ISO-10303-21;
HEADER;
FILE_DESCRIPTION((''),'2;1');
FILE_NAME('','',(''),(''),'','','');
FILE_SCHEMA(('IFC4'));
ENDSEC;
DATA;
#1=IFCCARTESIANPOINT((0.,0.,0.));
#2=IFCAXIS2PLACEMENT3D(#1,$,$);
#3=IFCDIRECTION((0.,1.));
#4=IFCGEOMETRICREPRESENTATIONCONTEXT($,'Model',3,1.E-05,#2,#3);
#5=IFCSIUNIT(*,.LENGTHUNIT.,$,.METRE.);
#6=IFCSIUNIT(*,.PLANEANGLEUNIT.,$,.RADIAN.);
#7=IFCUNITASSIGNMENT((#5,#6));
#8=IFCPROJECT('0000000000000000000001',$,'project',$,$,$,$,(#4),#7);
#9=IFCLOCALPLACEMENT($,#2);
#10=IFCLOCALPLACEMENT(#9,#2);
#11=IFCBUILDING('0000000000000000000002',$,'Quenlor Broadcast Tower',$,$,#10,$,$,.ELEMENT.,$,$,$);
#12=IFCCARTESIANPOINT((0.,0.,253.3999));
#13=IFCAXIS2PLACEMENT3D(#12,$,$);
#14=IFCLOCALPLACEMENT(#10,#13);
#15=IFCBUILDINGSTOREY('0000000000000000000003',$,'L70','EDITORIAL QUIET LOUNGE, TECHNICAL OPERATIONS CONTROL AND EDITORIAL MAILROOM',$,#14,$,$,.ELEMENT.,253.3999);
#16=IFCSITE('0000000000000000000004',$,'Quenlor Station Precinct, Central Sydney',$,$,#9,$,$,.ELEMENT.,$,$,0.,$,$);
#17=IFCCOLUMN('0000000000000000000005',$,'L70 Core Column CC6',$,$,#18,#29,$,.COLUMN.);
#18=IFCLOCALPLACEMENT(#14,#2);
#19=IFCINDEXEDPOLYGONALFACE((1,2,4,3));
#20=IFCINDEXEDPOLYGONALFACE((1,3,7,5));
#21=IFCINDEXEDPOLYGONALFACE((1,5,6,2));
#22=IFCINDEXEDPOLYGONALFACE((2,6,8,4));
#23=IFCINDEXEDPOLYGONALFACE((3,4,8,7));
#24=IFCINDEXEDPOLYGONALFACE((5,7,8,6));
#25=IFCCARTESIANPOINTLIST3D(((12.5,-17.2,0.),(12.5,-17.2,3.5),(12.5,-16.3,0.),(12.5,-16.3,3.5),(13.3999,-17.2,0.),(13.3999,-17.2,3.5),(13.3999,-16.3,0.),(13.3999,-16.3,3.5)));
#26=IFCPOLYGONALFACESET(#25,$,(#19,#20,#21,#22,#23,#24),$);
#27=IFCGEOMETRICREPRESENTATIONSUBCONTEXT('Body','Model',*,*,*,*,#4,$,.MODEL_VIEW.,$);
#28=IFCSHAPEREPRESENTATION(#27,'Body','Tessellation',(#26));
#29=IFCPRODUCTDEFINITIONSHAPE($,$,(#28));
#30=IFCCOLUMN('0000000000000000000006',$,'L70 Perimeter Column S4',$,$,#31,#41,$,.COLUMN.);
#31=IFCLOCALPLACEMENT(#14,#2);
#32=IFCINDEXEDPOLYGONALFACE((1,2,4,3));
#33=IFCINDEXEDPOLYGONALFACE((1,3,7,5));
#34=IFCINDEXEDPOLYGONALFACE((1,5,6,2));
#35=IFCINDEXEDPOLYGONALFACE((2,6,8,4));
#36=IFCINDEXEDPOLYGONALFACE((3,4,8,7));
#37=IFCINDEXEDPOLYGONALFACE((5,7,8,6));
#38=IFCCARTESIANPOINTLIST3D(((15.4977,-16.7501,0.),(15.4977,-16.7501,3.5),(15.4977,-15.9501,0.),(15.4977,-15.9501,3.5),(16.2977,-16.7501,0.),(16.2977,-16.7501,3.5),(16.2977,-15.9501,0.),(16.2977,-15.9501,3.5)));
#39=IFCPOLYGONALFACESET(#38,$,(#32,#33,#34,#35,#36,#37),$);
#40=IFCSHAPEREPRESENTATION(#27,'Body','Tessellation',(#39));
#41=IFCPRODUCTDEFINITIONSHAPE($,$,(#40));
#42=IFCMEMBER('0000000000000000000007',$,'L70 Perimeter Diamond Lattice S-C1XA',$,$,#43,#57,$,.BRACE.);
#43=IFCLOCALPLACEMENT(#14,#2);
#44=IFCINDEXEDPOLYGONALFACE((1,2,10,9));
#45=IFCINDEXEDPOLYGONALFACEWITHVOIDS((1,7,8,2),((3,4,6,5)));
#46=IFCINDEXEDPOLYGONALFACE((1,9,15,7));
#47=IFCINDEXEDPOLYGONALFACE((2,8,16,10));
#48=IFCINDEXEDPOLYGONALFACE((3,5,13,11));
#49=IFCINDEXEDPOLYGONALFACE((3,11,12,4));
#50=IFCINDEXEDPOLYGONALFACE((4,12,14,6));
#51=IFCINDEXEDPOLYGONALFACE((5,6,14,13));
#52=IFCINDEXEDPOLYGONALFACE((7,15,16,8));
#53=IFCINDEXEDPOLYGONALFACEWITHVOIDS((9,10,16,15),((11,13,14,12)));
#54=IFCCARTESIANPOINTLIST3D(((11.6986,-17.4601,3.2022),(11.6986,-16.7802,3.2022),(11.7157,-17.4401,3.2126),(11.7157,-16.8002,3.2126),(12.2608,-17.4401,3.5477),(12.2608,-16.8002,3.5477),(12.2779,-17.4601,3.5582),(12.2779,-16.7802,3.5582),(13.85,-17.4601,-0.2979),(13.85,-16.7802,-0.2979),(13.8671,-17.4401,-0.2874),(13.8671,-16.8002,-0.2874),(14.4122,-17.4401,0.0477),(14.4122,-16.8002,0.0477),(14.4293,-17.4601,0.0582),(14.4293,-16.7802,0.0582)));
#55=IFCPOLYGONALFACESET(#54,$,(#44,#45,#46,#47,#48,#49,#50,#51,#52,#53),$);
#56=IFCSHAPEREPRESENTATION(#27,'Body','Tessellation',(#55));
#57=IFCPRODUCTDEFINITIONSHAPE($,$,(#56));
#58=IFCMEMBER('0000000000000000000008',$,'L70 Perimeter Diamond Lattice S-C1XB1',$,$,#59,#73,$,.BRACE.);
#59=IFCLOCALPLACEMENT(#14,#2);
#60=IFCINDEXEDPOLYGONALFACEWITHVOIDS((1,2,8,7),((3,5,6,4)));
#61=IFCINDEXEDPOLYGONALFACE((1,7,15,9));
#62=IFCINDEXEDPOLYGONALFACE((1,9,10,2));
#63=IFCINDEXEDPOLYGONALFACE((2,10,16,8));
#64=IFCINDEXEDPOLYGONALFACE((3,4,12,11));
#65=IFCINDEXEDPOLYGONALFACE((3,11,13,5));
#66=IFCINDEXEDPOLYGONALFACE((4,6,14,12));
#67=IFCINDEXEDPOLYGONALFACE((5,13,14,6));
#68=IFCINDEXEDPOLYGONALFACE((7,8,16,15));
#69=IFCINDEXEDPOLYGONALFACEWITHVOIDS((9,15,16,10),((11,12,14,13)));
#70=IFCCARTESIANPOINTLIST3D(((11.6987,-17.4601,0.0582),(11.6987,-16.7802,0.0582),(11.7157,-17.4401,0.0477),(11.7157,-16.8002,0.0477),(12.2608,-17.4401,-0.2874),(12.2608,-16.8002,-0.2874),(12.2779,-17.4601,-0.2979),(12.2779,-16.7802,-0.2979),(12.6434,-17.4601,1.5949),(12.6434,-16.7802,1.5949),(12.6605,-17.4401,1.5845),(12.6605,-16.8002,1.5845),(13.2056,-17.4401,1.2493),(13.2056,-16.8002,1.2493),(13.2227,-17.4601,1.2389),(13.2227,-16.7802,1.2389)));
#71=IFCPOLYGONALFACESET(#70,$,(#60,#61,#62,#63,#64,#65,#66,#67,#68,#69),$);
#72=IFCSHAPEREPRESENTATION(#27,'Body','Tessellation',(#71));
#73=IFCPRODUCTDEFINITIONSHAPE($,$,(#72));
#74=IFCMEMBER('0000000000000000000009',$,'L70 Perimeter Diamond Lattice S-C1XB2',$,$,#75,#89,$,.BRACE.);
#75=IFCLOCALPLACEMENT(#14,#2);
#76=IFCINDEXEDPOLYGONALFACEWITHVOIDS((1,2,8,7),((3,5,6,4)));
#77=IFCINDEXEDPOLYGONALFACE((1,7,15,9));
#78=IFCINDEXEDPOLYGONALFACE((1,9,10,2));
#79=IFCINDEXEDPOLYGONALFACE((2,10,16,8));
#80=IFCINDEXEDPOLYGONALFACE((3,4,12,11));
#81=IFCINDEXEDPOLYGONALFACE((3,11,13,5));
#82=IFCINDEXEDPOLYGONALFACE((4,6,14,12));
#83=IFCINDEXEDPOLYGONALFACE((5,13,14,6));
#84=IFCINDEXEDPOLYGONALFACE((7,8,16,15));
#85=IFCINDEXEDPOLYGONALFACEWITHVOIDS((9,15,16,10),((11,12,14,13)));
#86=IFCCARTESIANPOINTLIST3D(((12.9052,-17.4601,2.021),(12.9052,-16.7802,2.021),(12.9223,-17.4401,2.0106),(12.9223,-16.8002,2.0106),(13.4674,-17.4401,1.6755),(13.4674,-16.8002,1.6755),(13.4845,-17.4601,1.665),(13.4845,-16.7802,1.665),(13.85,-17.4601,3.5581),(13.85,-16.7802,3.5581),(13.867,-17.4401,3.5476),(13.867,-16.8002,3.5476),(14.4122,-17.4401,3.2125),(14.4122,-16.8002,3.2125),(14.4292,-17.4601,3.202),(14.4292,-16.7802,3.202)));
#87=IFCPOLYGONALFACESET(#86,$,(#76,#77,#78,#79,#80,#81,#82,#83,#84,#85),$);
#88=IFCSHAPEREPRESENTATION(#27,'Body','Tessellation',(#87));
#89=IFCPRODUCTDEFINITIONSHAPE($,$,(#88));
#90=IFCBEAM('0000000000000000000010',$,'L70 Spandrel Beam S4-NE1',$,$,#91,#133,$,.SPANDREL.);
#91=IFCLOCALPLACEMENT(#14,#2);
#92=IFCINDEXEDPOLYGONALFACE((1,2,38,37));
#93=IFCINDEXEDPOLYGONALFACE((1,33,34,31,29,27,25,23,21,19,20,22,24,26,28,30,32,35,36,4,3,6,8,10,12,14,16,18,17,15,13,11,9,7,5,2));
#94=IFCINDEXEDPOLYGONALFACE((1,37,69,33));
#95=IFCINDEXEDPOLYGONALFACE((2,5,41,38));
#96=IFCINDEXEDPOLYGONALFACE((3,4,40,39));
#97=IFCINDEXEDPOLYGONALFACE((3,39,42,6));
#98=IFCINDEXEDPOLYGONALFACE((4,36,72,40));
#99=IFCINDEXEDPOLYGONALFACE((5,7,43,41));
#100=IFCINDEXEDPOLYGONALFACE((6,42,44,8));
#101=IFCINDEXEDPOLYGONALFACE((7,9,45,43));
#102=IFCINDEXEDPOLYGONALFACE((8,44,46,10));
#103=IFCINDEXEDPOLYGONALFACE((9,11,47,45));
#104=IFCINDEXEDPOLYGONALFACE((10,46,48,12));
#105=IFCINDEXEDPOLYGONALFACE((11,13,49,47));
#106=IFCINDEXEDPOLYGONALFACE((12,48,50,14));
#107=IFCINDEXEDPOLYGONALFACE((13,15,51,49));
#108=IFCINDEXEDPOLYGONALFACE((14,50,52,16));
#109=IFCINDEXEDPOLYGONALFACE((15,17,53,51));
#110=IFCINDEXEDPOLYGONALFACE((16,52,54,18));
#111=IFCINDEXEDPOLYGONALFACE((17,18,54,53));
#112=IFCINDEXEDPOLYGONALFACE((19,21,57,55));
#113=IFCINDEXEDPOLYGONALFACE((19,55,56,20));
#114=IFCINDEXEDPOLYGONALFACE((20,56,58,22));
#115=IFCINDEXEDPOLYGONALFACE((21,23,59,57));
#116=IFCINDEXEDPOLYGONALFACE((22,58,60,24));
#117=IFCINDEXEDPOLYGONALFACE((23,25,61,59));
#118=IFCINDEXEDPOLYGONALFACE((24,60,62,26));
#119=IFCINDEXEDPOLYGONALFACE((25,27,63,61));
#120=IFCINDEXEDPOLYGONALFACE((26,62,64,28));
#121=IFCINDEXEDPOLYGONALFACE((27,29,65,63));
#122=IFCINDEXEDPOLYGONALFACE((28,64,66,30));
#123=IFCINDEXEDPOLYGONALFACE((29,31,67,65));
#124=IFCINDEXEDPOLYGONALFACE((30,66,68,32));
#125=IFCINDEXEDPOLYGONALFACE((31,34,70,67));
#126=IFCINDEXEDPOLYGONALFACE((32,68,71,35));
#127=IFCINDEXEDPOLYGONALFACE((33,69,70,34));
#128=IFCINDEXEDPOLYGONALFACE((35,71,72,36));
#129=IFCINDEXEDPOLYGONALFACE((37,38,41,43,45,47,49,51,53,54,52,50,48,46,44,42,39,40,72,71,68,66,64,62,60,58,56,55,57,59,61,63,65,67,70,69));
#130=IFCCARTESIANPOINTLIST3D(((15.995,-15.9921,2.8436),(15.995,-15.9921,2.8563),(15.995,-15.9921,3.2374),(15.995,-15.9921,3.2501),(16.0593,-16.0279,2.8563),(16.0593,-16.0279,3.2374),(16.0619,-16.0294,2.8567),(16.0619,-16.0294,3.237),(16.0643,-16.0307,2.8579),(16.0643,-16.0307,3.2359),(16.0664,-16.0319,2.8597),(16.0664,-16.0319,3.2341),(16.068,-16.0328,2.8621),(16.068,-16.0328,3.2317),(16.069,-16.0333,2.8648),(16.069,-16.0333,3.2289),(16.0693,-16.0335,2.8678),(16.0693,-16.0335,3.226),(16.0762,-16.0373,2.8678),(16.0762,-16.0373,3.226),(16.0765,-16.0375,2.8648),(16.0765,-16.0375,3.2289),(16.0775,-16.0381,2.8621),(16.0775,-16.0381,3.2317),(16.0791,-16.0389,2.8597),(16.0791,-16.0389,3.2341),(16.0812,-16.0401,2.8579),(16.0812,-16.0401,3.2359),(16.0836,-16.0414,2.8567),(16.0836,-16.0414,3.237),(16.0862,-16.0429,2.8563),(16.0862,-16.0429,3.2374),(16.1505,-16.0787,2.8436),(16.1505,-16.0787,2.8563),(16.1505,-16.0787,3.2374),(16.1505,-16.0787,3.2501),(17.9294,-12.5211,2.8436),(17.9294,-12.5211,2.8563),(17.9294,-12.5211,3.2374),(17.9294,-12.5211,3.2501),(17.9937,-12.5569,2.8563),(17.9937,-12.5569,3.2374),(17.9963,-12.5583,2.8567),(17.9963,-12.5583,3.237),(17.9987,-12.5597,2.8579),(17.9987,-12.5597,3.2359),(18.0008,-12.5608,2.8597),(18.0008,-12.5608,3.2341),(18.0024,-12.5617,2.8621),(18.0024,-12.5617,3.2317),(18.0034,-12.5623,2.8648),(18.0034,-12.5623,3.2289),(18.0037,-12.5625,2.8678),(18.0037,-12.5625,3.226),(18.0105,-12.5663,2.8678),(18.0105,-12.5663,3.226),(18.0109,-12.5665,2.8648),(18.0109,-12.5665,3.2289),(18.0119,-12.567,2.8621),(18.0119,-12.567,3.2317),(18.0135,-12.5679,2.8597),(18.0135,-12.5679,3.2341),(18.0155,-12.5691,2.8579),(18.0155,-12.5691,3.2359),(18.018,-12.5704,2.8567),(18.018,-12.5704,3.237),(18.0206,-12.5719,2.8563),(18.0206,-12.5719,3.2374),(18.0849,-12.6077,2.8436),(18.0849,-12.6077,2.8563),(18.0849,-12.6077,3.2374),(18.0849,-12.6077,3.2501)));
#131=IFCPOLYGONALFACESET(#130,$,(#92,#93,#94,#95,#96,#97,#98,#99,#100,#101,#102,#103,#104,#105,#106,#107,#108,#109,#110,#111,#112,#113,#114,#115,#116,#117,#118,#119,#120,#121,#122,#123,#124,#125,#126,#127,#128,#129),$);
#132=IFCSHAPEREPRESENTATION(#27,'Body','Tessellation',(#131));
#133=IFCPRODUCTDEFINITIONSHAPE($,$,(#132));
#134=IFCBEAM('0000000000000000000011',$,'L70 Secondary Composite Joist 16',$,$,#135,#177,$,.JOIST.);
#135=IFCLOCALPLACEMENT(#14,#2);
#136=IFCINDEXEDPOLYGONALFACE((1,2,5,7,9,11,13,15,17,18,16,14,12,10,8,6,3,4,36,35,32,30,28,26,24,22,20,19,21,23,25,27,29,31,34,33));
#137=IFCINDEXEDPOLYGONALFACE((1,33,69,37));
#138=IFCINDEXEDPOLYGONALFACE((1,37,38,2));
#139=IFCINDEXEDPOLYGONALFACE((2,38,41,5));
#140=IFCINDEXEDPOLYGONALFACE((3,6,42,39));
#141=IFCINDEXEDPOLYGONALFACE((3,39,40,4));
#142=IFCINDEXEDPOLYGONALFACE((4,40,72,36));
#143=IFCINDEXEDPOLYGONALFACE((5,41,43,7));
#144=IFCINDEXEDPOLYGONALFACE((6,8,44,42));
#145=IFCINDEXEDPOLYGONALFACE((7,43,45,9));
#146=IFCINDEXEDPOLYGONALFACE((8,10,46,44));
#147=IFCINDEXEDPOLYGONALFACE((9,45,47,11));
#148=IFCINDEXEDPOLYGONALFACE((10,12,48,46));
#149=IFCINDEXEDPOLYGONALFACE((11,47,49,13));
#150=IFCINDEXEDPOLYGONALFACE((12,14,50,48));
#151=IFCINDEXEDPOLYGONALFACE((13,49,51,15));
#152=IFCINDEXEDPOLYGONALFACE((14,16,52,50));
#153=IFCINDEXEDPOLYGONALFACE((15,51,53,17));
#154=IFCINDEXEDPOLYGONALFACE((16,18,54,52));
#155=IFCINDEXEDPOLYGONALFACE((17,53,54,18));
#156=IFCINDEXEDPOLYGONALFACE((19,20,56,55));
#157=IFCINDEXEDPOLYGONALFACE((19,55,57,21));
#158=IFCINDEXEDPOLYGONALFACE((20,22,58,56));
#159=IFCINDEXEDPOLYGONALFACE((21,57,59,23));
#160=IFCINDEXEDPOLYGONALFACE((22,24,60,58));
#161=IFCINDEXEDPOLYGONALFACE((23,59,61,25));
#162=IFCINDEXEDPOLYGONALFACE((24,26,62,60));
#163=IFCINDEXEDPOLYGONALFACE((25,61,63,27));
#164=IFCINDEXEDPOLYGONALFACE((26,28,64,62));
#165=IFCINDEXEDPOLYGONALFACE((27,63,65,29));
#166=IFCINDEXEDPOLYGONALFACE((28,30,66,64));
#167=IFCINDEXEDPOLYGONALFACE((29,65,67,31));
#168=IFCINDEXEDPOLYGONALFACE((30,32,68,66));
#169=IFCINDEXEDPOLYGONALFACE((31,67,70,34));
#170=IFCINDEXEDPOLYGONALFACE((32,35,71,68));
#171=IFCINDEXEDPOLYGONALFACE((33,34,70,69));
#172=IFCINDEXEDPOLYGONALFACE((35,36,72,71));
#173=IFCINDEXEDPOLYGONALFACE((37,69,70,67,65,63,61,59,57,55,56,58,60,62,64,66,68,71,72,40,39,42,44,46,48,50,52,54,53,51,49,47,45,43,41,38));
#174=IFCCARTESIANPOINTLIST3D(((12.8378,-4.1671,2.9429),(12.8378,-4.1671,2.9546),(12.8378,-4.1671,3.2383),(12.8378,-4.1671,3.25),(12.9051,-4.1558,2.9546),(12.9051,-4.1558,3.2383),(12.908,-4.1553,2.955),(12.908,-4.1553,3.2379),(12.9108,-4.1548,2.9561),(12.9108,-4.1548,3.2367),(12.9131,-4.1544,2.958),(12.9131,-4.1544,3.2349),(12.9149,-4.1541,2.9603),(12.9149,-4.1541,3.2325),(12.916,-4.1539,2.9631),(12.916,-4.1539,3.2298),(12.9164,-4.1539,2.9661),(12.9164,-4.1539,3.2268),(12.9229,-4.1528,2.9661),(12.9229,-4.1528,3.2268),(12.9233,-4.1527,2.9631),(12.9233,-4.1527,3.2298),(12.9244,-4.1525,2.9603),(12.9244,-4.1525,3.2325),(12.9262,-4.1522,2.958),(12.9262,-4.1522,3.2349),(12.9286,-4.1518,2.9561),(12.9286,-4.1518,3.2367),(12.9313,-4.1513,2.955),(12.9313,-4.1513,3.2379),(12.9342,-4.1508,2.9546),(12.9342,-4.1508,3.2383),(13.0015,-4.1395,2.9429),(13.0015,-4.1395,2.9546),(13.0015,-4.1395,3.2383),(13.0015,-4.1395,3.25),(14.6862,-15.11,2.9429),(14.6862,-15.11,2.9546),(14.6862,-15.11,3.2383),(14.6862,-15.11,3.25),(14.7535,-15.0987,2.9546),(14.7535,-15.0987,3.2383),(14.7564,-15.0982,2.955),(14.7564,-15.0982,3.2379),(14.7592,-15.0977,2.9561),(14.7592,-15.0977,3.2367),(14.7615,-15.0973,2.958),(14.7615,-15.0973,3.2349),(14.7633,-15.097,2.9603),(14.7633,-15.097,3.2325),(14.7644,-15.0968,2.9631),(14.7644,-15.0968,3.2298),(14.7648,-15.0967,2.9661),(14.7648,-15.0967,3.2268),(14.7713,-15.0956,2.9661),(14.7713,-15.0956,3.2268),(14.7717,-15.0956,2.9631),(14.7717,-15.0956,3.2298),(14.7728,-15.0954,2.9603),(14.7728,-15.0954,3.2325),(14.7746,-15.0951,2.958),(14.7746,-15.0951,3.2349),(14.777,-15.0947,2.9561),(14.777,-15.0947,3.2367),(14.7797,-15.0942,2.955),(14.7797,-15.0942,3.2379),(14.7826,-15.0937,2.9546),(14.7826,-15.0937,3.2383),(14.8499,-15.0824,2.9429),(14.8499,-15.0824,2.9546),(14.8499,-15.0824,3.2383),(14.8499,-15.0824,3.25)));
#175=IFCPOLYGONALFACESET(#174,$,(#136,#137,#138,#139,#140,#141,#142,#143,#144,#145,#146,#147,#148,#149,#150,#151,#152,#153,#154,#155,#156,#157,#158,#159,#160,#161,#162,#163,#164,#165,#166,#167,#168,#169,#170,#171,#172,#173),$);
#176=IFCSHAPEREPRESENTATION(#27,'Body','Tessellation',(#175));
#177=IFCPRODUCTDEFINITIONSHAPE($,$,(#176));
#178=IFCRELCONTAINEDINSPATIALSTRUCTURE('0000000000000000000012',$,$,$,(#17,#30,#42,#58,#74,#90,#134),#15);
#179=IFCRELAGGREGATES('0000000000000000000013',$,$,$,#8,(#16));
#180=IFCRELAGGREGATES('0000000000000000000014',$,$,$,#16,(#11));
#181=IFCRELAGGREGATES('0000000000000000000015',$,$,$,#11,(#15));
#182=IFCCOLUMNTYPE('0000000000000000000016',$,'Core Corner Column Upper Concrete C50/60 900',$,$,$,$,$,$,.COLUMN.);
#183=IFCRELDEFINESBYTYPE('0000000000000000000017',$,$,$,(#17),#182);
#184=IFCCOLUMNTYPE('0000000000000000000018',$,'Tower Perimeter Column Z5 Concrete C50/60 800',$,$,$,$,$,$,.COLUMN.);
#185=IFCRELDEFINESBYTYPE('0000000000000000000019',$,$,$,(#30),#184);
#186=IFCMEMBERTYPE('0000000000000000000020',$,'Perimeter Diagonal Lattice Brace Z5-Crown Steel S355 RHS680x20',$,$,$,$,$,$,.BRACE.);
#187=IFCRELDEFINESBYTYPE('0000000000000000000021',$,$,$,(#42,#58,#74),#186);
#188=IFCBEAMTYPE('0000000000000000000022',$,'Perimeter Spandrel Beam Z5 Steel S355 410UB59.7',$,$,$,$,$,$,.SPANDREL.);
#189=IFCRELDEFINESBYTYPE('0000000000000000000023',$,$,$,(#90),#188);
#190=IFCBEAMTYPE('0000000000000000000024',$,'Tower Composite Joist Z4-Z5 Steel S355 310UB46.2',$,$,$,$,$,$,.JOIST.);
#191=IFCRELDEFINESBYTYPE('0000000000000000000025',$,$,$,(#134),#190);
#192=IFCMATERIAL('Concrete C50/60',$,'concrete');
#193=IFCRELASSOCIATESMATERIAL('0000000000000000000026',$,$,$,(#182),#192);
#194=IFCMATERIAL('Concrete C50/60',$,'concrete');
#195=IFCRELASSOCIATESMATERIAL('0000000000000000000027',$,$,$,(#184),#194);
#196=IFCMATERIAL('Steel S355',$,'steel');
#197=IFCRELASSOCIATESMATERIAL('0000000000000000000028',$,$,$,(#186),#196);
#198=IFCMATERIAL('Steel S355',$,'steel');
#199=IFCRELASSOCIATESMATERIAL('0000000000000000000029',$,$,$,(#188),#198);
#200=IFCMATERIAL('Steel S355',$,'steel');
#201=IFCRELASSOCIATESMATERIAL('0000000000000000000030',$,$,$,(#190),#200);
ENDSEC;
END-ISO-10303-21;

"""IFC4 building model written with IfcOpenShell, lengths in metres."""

from ifc_helpers import new_model, si_unit, direction, frame, origin, origin_2d, place, context, subcontext, project, spatial, rectangle, hollow_rectangle, i_section, extrude, material, material_profile, profile_set, type_object, element, save


model = new_model("IFC4")

# Units and contexts
model_context = context("Model", 3, precision=1e-05, world=origin(), true_north=direction((0.0, 1.0)))
body_context = subcontext(model_context, "Body", "Model", "MODEL_VIEW")
ifc_project = project(units=[si_unit("LENGTHUNIT", "METRE"), si_unit("PLANEANGLEUNIT", "RADIAN")], contexts=[model_context])

# Site, building, storey
site_placement = place(None, origin())
site = spatial("IfcSite", under=ifc_project, at=site_placement, Name="Quenlor Station Precinct, Central Sydney", CompositionType="ELEMENT", RefElevation=0.0)
building_placement = place(site_placement, origin())
building = spatial("IfcBuilding", under=site, at=building_placement, Name="Quenlor Broadcast Tower", CompositionType="ELEMENT")
storey_placement = place(building_placement, frame((0.0, 0.0, 253.3999)))
storey = spatial("IfcBuildingStorey", under=building, at=storey_placement, Name="L70", Description="EDITORIAL QUIET LOUNGE, TECHNICAL OPERATIONS CONTROL AND EDITORIAL MAILROOM", CompositionType="ELEMENT", Elevation=253.3999)

# Columns
ifc_material_1 = material(Name="Concrete C50/60", Category="concrete")
ifc_material_profile_1 = material_profile(ifc_material_1, rectangle(XDim=0.8999, YDim=0.8999, at=origin_2d()))
ifc_profile_set_1 = profile_set([ifc_material_profile_1], Name="Concrete C50/60 RC900x900")
column_type_1 = type_object("IfcColumnType", Name="Core Corner Column Upper Concrete C50/60 900", PredefinedType="COLUMN", material=ifc_profile_set_1)
column_1_placement = place(storey_placement, frame((12.95, -16.75, 0.0), z_axis=(0.0, 0.0, 1.0), x_axis=(1.0, 0.0, 0.0)))
element("IfcColumn", 1, at=column_1_placement, inside=storey, type_object=column_type_1, Name="L70 Core Column CC6", PredefinedType="COLUMN", context=body_context, shape_type="SweptSolid", body=[
    extrude(rectangle(XDim=0.8999, YDim=0.8999, at=origin_2d()), origin(), (0.0, 0.0, 1.0), 3.5),
])
ifc_material_2 = material(Name="Concrete C50/60", Category="concrete")
ifc_material_profile_2 = material_profile(ifc_material_2, rectangle(XDim=0.8, YDim=0.8, at=origin_2d()))
ifc_profile_set_2 = profile_set([ifc_material_profile_2], Name="Concrete C50/60 RC800x800")
column_type_2 = type_object("IfcColumnType", Name="Tower Perimeter Column Z5 Concrete C50/60 800", PredefinedType="COLUMN", material=ifc_profile_set_2)
column_2_placement = place(storey_placement, frame((15.8977, -16.3501, 0.0), z_axis=(0.0, 0.0, 1.0), x_axis=(0.0, 1.0, 0.0)))
element("IfcColumn", 2, at=column_2_placement, inside=storey, type_object=column_type_2, Name="L70 Perimeter Column S4", PredefinedType="COLUMN", context=body_context, shape_type="SweptSolid", body=[
    extrude(rectangle(XDim=0.8, YDim=0.8, at=origin_2d()), origin(), (0.0, 0.0, 1.0), 3.5),
])

# Members
ifc_material_3 = material(Name="Steel S355", Category="steel")
ifc_material_profile_3 = material_profile(ifc_material_3, hollow_rectangle(XDim=0.6799, YDim=0.6799, WallThickness=0.02, at=origin_2d()))
ifc_profile_set_3 = profile_set([ifc_material_profile_3], Name="Steel S355 RHS680x680x20")
member_type = type_object("IfcMemberType", Name="Perimeter Diagonal Lattice Brace Z5-Crown Steel S355 RHS680x20", PredefinedType="BRACE", material=ifc_profile_set_3)
member_1_placement = place(storey_placement, frame((14.1396, -17.1201, -0.1199), z_axis=(-0.52366, 0.0, 0.851928), x_axis=(0.0, -1.0, 0.0)))
element("IfcMember", 3, at=member_1_placement, inside=storey, type_object=member_type, Name="L70 Perimeter Diamond Lattice S-C1XA", PredefinedType="BRACE", context=body_context, shape_type="SweptSolid", body=[
    extrude(hollow_rectangle(XDim=0.6799, YDim=0.6799, WallThickness=0.02, at=origin_2d()), origin(), (0.0, 0.0, 1.0), 4.1084),
])
member_2_placement = place(storey_placement, frame((11.9883, -17.1201, -0.1199), z_axis=(0.52372, 0.0, 0.851891), x_axis=(0.0, 1.0, 0.0)))
element("IfcMember", 4, at=member_2_placement, inside=storey, type_object=member_type, Name="L70 Perimeter Diamond Lattice S-C1XB1", PredefinedType="BRACE", context=body_context, shape_type="SweptSolid", body=[
    extrude(hollow_rectangle(XDim=0.6799, YDim=0.6799, WallThickness=0.02, at=origin_2d()), origin(), (0.0, 0.0, 1.0), 1.804),
])
member_3_placement = place(storey_placement, frame((13.1948, -17.1201, 1.843), z_axis=(0.523659, 0.0, 0.851928), x_axis=(0.0, 1.0, 0.0)))
element("IfcMember", 5, at=member_3_placement, inside=storey, type_object=member_type, Name="L70 Perimeter Diamond Lattice S-C1XB2", PredefinedType="BRACE", context=body_context, shape_type="SweptSolid", body=[
    extrude(hollow_rectangle(XDim=0.6799, YDim=0.6799, WallThickness=0.02, at=origin_2d()), origin(), (0.0, 0.0, 1.0), 1.8042),
])

# Beams
ifc_material_4 = material(Name="Steel S355", Category="steel")
ifc_material_profile_4 = material_profile(ifc_material_4, i_section(OverallWidth=0.178, OverallDepth=0.4065, WebThickness=0.0078, FlangeThickness=0.0127, FilletRadius=0.0115, at=origin_2d()))
ifc_profile_set_4 = profile_set([ifc_material_profile_4], Name="Steel S355 410UB59.7")
beam_type_1 = type_object("IfcBeamType", Name="Perimeter Spandrel Beam Z5 Steel S355 410UB59.7", PredefinedType="SPANDREL", material=ifc_profile_set_4)
beam_1_placement = place(storey_placement, frame((16.0728, -16.0354, 3.0469), z_axis=(0.486801, 0.873513, 0.0), x_axis=(-0.873513, 0.486801, 0.0)))
element("IfcBeam", 6, at=beam_1_placement, inside=storey, type_object=beam_type_1, Name="L70 Spandrel Beam S4-NE1", PredefinedType="SPANDREL", context=body_context, shape_type="SweptSolid", body=[
    extrude(i_section(OverallWidth=0.178, OverallDepth=0.4065, WebThickness=0.0078, FlangeThickness=0.0127, FilletRadius=0.0115, at=origin_2d()), origin(), (0.0, 0.0, 1.0), 3.9736),
])
ifc_material_5 = material(Name="Steel S355", Category="steel")
ifc_material_profile_5 = material_profile(ifc_material_5, i_section(OverallWidth=0.166, OverallDepth=0.3071, WebThickness=0.0066, FlangeThickness=0.0117, FilletRadius=0.0115, at=origin_2d()))
ifc_profile_set_5 = profile_set([ifc_material_profile_5], Name="Steel S355 310UB46.2")
beam_type_2 = type_object("IfcBeamType", Name="Tower Composite Joist Z4-Z5 Steel S355 310UB46.2", PredefinedType="JOIST", material=ifc_profile_set_5)
beam_2_placement = place(storey_placement, frame((14.7681, -15.0962, 3.0964), z_axis=(-0.166553, 0.986032, 0.0), x_axis=(-0.986032, -0.166553, 0.0)))
element("IfcBeam", 7, at=beam_2_placement, inside=storey, type_object=beam_type_2, Name="L70 Secondary Composite Joist 16", PredefinedType="JOIST", context=body_context, shape_type="SweptSolid", body=[
    extrude(i_section(OverallWidth=0.166, OverallDepth=0.3071, WebThickness=0.0066, FlangeThickness=0.0117, FilletRadius=0.0115, at=origin_2d()), origin(), (0.0, 0.0, 1.0), 11.0979),
])

save(model, "model.ifc")
